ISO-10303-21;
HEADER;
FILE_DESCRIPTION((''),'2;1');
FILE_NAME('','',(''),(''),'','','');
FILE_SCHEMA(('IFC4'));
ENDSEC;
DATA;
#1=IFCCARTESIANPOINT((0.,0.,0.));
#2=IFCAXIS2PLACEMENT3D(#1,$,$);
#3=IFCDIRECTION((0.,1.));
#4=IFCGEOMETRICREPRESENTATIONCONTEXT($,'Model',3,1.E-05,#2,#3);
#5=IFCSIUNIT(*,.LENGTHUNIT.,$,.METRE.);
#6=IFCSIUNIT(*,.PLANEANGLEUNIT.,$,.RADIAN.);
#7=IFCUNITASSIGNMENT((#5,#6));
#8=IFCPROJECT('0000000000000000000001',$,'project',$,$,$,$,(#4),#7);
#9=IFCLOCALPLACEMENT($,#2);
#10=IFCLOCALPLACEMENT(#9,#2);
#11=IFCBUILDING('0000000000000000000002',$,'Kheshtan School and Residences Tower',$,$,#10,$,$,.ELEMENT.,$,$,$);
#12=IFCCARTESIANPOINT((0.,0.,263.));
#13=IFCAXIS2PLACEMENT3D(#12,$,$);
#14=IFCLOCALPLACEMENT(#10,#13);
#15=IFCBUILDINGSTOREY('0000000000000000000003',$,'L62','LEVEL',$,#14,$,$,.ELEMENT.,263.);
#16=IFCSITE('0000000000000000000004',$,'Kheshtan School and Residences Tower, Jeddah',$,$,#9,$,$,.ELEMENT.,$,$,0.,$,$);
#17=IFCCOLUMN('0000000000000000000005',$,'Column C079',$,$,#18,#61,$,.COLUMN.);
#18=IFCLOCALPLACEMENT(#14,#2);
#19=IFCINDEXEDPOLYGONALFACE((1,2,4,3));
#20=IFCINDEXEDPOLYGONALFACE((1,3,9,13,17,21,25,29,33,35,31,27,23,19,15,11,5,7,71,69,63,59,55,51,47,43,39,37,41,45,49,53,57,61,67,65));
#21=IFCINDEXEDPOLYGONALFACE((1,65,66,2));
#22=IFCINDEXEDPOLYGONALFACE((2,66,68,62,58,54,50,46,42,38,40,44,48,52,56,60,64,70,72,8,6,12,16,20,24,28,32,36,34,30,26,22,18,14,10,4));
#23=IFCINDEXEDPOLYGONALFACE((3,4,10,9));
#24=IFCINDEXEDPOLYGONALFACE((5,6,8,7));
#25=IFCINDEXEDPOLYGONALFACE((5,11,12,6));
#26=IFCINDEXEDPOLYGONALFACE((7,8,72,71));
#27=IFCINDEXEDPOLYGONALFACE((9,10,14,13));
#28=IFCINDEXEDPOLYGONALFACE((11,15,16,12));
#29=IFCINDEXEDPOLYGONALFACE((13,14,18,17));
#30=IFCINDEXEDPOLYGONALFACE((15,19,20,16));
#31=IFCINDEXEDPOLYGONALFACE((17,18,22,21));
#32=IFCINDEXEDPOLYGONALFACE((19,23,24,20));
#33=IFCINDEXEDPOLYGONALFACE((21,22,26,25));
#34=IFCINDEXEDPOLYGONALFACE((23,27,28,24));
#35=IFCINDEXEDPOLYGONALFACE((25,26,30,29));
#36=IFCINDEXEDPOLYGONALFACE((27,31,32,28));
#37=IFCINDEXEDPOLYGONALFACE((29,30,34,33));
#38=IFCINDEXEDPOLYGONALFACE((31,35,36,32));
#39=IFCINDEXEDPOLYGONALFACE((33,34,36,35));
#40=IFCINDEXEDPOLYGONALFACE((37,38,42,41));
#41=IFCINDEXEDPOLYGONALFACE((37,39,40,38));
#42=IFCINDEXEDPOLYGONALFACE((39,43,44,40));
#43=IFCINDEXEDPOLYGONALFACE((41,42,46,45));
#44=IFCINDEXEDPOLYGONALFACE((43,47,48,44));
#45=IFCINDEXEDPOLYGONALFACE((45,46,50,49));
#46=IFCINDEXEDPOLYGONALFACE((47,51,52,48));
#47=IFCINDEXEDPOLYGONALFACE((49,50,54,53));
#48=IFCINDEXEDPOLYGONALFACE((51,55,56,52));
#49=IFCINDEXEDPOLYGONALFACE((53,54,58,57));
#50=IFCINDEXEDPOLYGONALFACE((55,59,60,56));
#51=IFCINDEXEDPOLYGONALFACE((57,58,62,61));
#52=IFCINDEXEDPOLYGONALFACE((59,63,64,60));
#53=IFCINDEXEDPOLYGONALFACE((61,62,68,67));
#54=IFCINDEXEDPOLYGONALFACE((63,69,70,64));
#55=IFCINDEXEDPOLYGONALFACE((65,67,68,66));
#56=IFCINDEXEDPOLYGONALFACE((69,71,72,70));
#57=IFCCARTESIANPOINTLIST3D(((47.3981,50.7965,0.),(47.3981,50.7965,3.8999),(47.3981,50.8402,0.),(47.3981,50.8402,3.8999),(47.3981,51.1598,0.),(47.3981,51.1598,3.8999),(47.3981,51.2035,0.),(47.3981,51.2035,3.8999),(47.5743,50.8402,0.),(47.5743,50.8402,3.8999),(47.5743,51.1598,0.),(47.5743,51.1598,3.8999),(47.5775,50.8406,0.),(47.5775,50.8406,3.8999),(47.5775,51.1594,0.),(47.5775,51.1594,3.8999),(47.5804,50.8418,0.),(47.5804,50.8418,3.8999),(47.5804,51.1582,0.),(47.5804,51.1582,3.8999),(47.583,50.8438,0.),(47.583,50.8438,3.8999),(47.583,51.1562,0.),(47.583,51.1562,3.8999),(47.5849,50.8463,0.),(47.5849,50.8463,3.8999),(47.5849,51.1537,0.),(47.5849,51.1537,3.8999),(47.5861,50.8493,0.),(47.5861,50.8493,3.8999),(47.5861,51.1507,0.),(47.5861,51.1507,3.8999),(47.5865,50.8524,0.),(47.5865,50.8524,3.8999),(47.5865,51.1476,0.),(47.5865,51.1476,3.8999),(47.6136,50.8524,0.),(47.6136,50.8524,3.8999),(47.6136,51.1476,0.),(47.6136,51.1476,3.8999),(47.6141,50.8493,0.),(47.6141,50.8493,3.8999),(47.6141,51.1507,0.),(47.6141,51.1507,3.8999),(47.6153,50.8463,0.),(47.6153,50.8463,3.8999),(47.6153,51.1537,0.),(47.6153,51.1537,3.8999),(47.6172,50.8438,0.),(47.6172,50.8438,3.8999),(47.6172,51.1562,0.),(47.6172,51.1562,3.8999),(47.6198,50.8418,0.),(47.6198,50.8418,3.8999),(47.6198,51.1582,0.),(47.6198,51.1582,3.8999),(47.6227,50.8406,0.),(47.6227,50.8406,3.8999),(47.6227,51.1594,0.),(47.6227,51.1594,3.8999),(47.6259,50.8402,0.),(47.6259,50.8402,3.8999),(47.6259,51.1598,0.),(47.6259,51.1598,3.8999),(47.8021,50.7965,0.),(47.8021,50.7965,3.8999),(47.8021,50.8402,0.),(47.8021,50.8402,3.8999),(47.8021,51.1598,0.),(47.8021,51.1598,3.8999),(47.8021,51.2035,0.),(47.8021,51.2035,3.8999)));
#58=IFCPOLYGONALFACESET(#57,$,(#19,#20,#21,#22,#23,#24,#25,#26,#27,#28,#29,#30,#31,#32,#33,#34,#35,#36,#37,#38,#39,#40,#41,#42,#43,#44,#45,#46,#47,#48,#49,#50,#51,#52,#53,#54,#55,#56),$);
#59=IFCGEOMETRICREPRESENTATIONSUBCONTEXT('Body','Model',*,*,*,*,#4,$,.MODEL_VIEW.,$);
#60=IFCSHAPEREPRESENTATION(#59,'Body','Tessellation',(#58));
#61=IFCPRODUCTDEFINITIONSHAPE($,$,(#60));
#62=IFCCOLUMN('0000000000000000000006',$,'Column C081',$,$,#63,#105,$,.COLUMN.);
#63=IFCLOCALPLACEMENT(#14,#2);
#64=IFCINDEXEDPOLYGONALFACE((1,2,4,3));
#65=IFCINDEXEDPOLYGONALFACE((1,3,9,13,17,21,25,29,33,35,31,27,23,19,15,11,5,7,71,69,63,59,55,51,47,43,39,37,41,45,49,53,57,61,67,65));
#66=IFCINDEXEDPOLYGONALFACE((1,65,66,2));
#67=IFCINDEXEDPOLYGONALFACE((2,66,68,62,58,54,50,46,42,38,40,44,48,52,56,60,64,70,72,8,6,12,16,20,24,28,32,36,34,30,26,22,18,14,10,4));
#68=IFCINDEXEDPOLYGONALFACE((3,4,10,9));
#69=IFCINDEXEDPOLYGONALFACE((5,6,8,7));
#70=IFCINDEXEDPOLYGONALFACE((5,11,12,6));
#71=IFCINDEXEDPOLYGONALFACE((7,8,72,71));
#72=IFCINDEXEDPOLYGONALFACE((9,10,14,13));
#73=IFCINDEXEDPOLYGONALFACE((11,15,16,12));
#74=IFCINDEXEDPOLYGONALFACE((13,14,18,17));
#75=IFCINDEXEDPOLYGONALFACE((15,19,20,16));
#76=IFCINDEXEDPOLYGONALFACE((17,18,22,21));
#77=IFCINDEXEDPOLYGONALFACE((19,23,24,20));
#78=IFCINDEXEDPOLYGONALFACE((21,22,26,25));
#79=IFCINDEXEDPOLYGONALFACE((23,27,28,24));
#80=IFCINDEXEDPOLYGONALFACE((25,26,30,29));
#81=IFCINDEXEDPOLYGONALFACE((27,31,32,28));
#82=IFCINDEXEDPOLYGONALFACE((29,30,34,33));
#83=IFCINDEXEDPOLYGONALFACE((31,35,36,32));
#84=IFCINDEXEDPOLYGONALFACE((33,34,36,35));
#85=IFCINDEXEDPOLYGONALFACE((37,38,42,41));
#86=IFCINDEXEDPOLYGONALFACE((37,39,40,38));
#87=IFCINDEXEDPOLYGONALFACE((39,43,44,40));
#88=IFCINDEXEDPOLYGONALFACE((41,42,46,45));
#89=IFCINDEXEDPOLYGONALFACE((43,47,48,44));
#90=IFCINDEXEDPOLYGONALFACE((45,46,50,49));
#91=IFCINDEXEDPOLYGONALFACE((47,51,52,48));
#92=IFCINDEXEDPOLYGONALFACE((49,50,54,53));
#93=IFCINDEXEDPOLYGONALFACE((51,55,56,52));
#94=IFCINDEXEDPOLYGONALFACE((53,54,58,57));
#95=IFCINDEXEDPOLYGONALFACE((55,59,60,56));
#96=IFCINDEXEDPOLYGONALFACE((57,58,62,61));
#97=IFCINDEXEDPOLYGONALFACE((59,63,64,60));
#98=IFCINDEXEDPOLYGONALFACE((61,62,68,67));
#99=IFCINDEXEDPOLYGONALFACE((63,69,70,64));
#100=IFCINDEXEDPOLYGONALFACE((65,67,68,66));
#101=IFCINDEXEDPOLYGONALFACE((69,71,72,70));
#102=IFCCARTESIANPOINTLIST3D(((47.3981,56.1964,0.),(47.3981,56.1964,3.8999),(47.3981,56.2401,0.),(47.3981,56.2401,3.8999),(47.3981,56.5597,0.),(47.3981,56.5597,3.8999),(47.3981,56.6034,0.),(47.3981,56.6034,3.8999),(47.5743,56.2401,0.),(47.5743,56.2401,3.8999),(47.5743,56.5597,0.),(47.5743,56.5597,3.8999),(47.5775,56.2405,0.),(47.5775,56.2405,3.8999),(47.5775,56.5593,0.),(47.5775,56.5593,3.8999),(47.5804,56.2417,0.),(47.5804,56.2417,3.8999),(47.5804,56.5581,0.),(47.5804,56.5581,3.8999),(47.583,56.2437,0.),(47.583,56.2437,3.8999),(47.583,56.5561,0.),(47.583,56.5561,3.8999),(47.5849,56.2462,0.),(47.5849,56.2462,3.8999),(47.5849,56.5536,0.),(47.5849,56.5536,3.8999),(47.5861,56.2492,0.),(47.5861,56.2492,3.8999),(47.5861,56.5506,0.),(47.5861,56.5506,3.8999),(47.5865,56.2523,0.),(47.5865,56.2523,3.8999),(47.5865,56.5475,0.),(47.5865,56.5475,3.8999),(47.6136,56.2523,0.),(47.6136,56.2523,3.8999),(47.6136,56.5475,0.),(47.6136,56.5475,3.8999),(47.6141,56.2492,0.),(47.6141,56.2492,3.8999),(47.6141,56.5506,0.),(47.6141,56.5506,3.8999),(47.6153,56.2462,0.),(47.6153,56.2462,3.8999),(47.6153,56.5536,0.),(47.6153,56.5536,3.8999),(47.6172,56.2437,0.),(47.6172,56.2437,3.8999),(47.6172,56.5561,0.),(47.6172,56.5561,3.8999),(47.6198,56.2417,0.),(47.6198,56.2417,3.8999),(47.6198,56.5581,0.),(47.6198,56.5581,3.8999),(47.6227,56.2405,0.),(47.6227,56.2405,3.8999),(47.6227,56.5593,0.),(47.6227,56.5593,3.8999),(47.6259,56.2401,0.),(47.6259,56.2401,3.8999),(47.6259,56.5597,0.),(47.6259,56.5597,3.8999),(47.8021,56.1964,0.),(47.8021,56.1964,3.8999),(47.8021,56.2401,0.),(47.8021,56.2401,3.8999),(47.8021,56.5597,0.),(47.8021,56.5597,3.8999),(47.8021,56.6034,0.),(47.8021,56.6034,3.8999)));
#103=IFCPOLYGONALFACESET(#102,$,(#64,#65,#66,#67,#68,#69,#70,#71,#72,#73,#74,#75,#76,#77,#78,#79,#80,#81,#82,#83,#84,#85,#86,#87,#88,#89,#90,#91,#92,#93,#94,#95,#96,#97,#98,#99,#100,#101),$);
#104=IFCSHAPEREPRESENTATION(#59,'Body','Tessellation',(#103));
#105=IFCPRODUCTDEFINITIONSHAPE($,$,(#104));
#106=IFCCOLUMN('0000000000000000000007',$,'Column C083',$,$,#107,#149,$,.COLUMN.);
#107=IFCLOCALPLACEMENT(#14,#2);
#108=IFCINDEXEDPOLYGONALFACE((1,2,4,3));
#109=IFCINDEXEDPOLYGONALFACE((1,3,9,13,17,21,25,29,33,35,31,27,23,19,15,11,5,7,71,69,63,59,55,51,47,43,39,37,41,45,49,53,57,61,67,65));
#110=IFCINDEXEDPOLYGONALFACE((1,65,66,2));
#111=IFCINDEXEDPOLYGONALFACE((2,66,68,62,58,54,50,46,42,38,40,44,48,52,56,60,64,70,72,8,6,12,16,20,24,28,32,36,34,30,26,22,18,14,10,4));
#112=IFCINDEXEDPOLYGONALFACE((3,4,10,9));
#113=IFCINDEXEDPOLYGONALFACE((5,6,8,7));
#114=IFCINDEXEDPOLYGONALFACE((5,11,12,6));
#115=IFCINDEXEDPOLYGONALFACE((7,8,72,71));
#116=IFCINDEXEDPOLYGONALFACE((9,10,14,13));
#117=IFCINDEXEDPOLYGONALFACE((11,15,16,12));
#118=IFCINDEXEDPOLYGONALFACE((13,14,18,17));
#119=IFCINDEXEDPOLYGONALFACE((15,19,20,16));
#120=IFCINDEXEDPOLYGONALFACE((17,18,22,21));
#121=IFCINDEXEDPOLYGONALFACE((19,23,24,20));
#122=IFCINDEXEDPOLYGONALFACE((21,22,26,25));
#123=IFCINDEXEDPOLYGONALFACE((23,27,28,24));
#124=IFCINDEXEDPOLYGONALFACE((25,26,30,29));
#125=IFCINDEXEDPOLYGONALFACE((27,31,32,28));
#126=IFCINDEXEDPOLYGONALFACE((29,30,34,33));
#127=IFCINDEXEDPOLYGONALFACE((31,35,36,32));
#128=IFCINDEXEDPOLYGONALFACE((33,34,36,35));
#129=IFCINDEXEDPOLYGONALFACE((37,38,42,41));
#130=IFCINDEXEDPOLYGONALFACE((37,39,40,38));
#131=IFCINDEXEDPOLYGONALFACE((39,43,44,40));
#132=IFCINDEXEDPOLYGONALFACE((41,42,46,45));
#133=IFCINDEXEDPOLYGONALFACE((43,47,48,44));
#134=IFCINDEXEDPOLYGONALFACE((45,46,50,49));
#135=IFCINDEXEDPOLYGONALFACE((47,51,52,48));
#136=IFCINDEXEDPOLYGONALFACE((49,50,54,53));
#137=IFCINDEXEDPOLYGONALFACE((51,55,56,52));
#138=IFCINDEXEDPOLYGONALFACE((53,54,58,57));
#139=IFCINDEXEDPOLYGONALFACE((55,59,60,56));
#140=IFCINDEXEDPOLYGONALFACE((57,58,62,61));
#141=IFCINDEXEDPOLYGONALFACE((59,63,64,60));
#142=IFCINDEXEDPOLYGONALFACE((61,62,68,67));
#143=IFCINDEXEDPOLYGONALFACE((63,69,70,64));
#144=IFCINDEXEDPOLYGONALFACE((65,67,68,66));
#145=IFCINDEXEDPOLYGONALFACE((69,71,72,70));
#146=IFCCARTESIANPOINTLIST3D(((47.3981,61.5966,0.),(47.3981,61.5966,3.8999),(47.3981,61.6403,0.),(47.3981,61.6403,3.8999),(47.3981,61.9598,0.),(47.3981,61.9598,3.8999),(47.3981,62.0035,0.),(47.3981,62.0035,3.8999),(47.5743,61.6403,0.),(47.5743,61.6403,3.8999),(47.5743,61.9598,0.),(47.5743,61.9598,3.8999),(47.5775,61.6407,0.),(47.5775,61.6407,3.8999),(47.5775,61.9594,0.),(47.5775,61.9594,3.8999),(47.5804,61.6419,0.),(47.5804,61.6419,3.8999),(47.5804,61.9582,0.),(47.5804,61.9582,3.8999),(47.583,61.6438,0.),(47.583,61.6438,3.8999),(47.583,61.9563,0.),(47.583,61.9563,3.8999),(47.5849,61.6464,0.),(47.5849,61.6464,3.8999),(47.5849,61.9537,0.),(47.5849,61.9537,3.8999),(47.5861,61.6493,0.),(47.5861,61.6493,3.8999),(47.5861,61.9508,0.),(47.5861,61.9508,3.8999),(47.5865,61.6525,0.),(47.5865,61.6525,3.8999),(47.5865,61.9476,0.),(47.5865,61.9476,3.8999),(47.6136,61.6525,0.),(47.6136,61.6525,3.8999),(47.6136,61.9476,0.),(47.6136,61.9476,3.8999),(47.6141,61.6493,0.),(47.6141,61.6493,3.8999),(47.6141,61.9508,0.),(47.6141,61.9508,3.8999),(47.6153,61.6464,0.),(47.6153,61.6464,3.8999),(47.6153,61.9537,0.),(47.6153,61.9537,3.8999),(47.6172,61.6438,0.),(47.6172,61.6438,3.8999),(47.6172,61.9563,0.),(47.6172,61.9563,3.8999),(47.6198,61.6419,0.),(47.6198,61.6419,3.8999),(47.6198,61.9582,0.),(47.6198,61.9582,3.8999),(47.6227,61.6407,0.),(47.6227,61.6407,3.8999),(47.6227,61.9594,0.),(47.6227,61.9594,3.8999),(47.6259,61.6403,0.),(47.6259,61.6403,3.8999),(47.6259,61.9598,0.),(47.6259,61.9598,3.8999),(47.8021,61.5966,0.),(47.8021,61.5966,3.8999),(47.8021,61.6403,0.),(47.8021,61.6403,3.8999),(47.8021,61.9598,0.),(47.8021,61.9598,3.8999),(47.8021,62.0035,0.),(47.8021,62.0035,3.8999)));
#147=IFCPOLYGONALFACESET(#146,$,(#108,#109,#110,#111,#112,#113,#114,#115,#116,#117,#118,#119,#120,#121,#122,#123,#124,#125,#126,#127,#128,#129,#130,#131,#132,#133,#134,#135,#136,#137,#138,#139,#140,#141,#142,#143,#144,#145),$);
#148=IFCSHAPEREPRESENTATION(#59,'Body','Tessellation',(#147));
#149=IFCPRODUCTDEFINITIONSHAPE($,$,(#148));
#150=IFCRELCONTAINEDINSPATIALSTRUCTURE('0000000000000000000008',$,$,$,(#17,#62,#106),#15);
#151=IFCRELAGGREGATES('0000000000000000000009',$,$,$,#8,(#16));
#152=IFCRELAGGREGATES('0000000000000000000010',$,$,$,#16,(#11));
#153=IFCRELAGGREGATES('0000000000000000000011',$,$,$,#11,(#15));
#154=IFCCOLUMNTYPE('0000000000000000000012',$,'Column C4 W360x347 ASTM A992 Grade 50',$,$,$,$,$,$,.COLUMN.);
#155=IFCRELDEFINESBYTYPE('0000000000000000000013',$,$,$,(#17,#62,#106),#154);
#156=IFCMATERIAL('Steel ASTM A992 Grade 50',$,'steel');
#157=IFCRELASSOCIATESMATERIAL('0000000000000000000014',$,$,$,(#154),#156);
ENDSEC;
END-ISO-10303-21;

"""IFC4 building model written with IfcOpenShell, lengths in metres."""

from ifc_helpers import new_model, si_unit, direction, frame, origin, origin_2d, place, context, subcontext, project, spatial, i_section, extrude, material, material_profile, profile_set, type_object, element, save


model = new_model("IFC4")

# Units and contexts
model_context = context("Model", 3, precision=1e-05, world=origin(), true_north=direction((0.0, 1.0)))
body_context = subcontext(model_context, "Body", "Model", "MODEL_VIEW")
ifc_project = project(units=[si_unit("LENGTHUNIT", "METRE"), si_unit("PLANEANGLEUNIT", "RADIAN")], contexts=[model_context])

# Site, building, storey
site_placement = place(None, origin())
site = spatial("IfcSite", under=ifc_project, at=site_placement, Name="Kheshtan School and Residences Tower, Jeddah", CompositionType="ELEMENT", RefElevation=0.0)
building_placement = place(site_placement, origin())
building = spatial("IfcBuilding", under=site, at=building_placement, Name="Kheshtan School and Residences Tower", CompositionType="ELEMENT")
storey_placement = place(building_placement, frame((0.0, 0.0, 263.0)))
storey = spatial("IfcBuildingStorey", under=building, at=storey_placement, Name="L62", Description="LEVEL", CompositionType="ELEMENT", Elevation=263.0)

# Columns
ifc_material_1 = material(Name="Steel ASTM A992 Grade 50", Category="steel")
ifc_material_profile_1 = material_profile(ifc_material_1, i_section(OverallWidth=0.4041, OverallDepth=0.407, WebThickness=0.0271, FlangeThickness=0.0437, FilletRadius=0.0122, at=origin_2d()), Name="W360x347")
ifc_profile_set_1 = profile_set([ifc_material_profile_1], Name="Steel ASTM A992 Grade 50")
column_type_1 = type_object("IfcColumnType", Name="Column C4 W360x347 ASTM A992 Grade 50", PredefinedType="COLUMN", material=ifc_profile_set_1)
for number, where, z_axis, x_axis, name in (
    (1, (47.6001, 51.0, 0.0), (0.0, 0.0, 1.0), (1.0, 0.0, 0.0), "Column C079"),
    (2, (47.6001, 56.3999, 0.0), (0.0, 0.0, 1.0), (1.0, 0.0, 0.0), "Column C081"),
    (3, (47.6001, 61.8, 0.0), (0.0, 0.0, 1.0), (1.0, 0.0, 0.0), "Column C083"),
):
    element("IfcColumn", number, at=place(storey_placement, frame(where, z_axis=z_axis, x_axis=x_axis)), inside=storey, type_object=column_type_1, Name=name, PredefinedType="COLUMN", context=body_context, shape_type="SweptSolid", body=[
        extrude(i_section(OverallWidth=0.4041, OverallDepth=0.407, WebThickness=0.0271, FlangeThickness=0.0437, FilletRadius=0.0122, at=origin_2d()), origin(), (0.0, 0.0, 1.0), 3.8999),
    ])

save(model, "model.ifc")
